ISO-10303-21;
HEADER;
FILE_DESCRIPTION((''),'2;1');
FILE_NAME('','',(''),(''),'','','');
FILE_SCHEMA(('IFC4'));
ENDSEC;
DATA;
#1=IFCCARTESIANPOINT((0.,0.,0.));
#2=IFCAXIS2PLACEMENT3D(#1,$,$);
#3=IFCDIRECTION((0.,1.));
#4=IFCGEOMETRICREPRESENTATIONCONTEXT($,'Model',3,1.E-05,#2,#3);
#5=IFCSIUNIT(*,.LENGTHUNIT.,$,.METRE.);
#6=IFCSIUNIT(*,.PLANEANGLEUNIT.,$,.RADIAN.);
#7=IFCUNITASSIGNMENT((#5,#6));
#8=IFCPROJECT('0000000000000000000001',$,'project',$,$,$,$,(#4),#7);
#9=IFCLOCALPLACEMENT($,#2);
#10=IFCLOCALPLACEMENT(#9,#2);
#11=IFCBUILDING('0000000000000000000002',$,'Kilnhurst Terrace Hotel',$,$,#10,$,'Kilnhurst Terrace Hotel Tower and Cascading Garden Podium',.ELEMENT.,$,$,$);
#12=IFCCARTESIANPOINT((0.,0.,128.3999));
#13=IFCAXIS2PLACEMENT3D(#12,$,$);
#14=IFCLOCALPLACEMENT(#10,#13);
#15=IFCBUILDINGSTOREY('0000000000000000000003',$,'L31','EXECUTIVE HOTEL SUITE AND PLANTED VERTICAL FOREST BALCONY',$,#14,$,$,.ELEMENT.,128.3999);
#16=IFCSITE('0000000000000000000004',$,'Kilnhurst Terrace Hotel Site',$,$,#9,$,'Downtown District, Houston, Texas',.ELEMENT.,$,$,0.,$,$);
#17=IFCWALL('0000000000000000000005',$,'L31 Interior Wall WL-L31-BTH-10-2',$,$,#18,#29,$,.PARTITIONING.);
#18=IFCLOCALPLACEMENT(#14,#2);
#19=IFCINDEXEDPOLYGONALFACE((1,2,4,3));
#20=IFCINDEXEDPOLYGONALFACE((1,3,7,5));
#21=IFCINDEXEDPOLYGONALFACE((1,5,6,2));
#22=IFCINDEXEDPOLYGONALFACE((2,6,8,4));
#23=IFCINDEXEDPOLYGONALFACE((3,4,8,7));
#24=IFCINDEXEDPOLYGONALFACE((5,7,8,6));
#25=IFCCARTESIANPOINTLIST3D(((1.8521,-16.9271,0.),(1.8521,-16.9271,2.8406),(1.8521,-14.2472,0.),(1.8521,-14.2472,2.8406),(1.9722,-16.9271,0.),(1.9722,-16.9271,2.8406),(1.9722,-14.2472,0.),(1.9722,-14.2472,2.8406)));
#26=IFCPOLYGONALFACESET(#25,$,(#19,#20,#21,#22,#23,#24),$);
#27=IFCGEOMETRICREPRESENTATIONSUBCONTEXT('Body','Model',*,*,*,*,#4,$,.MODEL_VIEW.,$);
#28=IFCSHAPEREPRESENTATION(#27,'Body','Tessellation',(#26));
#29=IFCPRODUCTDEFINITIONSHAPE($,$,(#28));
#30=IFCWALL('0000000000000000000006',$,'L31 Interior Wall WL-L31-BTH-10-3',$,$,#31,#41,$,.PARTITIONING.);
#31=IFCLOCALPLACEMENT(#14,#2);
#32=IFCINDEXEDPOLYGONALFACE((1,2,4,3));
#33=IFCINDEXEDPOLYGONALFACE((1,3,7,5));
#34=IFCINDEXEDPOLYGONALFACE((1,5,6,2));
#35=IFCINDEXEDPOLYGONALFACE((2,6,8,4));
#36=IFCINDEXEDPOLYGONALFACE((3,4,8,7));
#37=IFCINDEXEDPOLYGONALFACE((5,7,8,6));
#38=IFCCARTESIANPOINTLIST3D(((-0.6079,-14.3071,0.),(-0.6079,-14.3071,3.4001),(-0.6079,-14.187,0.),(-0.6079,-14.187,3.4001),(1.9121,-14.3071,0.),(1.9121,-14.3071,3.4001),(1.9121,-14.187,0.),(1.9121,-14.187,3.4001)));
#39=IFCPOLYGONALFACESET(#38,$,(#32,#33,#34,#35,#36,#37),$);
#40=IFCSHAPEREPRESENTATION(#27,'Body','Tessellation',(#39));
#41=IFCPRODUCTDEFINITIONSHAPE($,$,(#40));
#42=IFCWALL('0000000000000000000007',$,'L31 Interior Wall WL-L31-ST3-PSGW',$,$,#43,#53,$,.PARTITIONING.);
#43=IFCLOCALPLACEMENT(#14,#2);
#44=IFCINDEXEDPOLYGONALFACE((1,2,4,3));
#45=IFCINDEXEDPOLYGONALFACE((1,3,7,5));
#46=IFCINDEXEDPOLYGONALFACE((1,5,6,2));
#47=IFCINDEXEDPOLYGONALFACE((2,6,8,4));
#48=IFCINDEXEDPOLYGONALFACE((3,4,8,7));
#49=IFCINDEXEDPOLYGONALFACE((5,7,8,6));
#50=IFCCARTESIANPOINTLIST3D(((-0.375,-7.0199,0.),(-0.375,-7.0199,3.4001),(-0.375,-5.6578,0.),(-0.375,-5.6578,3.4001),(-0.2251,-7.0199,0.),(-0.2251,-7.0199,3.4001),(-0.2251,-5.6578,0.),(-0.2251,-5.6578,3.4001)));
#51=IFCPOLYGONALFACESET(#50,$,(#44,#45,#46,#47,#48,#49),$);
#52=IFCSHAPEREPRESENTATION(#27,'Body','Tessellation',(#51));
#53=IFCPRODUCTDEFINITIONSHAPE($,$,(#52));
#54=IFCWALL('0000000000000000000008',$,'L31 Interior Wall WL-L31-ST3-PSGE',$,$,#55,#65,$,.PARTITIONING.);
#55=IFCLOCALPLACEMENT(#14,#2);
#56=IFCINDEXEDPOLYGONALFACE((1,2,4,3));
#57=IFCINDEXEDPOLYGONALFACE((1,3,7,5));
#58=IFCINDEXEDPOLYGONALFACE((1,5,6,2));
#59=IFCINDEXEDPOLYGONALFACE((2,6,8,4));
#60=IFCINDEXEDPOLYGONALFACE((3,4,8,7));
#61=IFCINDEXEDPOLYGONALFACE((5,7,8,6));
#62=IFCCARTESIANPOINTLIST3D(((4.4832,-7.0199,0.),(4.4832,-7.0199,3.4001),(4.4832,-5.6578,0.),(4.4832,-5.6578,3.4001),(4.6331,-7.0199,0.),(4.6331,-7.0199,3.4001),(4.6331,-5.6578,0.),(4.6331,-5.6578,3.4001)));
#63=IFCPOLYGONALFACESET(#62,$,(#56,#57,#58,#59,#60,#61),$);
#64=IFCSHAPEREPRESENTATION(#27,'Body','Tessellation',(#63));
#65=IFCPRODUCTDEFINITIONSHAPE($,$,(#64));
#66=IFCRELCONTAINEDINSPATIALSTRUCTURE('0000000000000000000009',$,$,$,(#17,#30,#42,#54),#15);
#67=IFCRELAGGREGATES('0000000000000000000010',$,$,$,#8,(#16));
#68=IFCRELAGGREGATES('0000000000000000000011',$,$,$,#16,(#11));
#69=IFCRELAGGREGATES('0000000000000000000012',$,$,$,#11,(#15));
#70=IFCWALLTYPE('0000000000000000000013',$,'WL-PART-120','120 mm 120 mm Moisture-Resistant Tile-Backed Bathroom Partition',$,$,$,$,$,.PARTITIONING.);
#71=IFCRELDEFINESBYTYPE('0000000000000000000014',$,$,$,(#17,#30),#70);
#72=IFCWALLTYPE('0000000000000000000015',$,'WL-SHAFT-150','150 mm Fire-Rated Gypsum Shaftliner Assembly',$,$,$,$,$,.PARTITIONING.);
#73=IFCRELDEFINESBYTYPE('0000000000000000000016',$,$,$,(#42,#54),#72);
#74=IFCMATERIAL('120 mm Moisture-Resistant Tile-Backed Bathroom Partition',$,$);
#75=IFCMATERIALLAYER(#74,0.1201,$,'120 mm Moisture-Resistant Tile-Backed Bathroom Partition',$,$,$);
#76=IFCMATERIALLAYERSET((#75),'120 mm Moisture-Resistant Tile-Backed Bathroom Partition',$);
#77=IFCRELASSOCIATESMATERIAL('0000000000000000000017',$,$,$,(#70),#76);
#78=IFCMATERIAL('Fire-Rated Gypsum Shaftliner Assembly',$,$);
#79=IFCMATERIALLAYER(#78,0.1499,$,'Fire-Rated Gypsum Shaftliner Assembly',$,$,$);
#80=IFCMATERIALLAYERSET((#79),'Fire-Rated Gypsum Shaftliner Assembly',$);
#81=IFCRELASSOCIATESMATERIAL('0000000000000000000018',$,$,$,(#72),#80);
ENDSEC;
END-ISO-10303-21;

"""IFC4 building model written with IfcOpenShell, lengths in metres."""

from ifc_helpers import new_model, si_unit, direction, frame, frame_2d, origin, place, context, subcontext, project, spatial, rectangle, extrude, material, layer, layer_set, type_object, element, save


model = new_model("IFC4")

# Units and contexts
model_context = context("Model", 3, precision=1e-05, world=origin(), true_north=direction((0.0, 1.0)))
body_context = subcontext(model_context, "Body", "Model", "MODEL_VIEW")
ifc_project = project(units=[si_unit("LENGTHUNIT", "METRE"), si_unit("PLANEANGLEUNIT", "RADIAN")], contexts=[model_context])

# Site, building, storey
site_placement = place(None, origin())
site = spatial("IfcSite", under=ifc_project, at=site_placement, Name="Kilnhurst Terrace Hotel Site", LongName="Downtown District, Houston, Texas", CompositionType="ELEMENT", RefElevation=0.0)
building_placement = place(site_placement, origin())
building = spatial("IfcBuilding", under=site, at=building_placement, Name="Kilnhurst Terrace Hotel", LongName="Kilnhurst Terrace Hotel Tower and Cascading Garden Podium", CompositionType="ELEMENT")
storey_placement = place(building_placement, frame((0.0, 0.0, 128.3999)))
storey = spatial("IfcBuildingStorey", under=building, at=storey_placement, Name="L31", Description="EXECUTIVE HOTEL SUITE AND PLANTED VERTICAL FOREST BALCONY", CompositionType="ELEMENT", Elevation=128.3999)

# Walls
ifc_material_1 = material(Name="120 mm Moisture-Resistant Tile-Backed Bathroom Partition")
ifc_layer_1 = layer(ifc_material_1, 0.1201, Name="120 mm Moisture-Resistant Tile-Backed Bathroom Partition")
ifc_layer_set_1 = layer_set([ifc_layer_1], Name="120 mm Moisture-Resistant Tile-Backed Bathroom Partition")
wall_type_1 = type_object("IfcWallType", Name="WL-PART-120", Description="120 mm 120 mm Moisture-Resistant Tile-Backed Bathroom Partition", PredefinedType="PARTITIONING", material=ifc_layer_set_1)
wall_1_placement = place(storey_placement, frame((1.9121, -16.927, 0.0), z_axis=(0.0, 0.0, 1.0), x_axis=(0.0, 1.0, 0.0)))
element("IfcWall", 1, at=wall_1_placement, inside=storey, type_object=wall_type_1, Name="L31 Interior Wall WL-L31-BTH-10-2", PredefinedType="PARTITIONING", context=body_context, shape_type="SweptSolid", body=[
    extrude(rectangle(XDim=2.6799, YDim=0.1201, at=frame_2d((1.3398, 0.0))), origin(), (0.0, 0.0, 1.0), 2.8406),
])
wall_2_placement = place(storey_placement, frame((1.9121, -14.2471, 0.0), z_axis=(0.0, 0.0, 1.0), x_axis=(-1.0, 0.0, 0.0)))
element("IfcWall", 2, at=wall_2_placement, inside=storey, type_object=wall_type_1, Name="L31 Interior Wall WL-L31-BTH-10-3", PredefinedType="PARTITIONING", context=body_context, shape_type="SweptSolid", body=[
    extrude(rectangle(XDim=2.52, YDim=0.1201, at=frame_2d((1.26, 0.0))), origin(), (0.0, 0.0, 1.0), 3.4001),
])
ifc_material_2 = material(Name="Fire-Rated Gypsum Shaftliner Assembly")
ifc_layer_2 = layer(ifc_material_2, 0.1499, Name="Fire-Rated Gypsum Shaftliner Assembly")
ifc_layer_set_2 = layer_set([ifc_layer_2], Name="Fire-Rated Gypsum Shaftliner Assembly")
wall_type_2 = type_object("IfcWallType", Name="WL-SHAFT-150", Description="150 mm Fire-Rated Gypsum Shaftliner Assembly", PredefinedType="PARTITIONING", material=ifc_layer_set_2)
for number, where, z_axis, x_axis, name in (
    (3, (-0.3, -7.02, 0.0), (0.0, 0.0, 1.0), (0.0, 1.0, 0.0), "L31 Interior Wall WL-L31-ST3-PSGW"),
    (4, (4.5581, -7.02, 0.0), (0.0, 0.0, 1.0), (0.0, 1.0, 0.0), "L31 Interior Wall WL-L31-ST3-PSGE"),
):
    element("IfcWall", number, at=place(storey_placement, frame(where, z_axis=z_axis, x_axis=x_axis)), inside=storey, type_object=wall_type_2, Name=name, PredefinedType="PARTITIONING", context=body_context, shape_type="SweptSolid", body=[
        extrude(rectangle(XDim=1.3621, YDim=0.1499, at=frame_2d((0.6812, 0.0))), origin(), (0.0, 0.0, 1.0), 3.4001),
    ])

save(model, "model.ifc")
